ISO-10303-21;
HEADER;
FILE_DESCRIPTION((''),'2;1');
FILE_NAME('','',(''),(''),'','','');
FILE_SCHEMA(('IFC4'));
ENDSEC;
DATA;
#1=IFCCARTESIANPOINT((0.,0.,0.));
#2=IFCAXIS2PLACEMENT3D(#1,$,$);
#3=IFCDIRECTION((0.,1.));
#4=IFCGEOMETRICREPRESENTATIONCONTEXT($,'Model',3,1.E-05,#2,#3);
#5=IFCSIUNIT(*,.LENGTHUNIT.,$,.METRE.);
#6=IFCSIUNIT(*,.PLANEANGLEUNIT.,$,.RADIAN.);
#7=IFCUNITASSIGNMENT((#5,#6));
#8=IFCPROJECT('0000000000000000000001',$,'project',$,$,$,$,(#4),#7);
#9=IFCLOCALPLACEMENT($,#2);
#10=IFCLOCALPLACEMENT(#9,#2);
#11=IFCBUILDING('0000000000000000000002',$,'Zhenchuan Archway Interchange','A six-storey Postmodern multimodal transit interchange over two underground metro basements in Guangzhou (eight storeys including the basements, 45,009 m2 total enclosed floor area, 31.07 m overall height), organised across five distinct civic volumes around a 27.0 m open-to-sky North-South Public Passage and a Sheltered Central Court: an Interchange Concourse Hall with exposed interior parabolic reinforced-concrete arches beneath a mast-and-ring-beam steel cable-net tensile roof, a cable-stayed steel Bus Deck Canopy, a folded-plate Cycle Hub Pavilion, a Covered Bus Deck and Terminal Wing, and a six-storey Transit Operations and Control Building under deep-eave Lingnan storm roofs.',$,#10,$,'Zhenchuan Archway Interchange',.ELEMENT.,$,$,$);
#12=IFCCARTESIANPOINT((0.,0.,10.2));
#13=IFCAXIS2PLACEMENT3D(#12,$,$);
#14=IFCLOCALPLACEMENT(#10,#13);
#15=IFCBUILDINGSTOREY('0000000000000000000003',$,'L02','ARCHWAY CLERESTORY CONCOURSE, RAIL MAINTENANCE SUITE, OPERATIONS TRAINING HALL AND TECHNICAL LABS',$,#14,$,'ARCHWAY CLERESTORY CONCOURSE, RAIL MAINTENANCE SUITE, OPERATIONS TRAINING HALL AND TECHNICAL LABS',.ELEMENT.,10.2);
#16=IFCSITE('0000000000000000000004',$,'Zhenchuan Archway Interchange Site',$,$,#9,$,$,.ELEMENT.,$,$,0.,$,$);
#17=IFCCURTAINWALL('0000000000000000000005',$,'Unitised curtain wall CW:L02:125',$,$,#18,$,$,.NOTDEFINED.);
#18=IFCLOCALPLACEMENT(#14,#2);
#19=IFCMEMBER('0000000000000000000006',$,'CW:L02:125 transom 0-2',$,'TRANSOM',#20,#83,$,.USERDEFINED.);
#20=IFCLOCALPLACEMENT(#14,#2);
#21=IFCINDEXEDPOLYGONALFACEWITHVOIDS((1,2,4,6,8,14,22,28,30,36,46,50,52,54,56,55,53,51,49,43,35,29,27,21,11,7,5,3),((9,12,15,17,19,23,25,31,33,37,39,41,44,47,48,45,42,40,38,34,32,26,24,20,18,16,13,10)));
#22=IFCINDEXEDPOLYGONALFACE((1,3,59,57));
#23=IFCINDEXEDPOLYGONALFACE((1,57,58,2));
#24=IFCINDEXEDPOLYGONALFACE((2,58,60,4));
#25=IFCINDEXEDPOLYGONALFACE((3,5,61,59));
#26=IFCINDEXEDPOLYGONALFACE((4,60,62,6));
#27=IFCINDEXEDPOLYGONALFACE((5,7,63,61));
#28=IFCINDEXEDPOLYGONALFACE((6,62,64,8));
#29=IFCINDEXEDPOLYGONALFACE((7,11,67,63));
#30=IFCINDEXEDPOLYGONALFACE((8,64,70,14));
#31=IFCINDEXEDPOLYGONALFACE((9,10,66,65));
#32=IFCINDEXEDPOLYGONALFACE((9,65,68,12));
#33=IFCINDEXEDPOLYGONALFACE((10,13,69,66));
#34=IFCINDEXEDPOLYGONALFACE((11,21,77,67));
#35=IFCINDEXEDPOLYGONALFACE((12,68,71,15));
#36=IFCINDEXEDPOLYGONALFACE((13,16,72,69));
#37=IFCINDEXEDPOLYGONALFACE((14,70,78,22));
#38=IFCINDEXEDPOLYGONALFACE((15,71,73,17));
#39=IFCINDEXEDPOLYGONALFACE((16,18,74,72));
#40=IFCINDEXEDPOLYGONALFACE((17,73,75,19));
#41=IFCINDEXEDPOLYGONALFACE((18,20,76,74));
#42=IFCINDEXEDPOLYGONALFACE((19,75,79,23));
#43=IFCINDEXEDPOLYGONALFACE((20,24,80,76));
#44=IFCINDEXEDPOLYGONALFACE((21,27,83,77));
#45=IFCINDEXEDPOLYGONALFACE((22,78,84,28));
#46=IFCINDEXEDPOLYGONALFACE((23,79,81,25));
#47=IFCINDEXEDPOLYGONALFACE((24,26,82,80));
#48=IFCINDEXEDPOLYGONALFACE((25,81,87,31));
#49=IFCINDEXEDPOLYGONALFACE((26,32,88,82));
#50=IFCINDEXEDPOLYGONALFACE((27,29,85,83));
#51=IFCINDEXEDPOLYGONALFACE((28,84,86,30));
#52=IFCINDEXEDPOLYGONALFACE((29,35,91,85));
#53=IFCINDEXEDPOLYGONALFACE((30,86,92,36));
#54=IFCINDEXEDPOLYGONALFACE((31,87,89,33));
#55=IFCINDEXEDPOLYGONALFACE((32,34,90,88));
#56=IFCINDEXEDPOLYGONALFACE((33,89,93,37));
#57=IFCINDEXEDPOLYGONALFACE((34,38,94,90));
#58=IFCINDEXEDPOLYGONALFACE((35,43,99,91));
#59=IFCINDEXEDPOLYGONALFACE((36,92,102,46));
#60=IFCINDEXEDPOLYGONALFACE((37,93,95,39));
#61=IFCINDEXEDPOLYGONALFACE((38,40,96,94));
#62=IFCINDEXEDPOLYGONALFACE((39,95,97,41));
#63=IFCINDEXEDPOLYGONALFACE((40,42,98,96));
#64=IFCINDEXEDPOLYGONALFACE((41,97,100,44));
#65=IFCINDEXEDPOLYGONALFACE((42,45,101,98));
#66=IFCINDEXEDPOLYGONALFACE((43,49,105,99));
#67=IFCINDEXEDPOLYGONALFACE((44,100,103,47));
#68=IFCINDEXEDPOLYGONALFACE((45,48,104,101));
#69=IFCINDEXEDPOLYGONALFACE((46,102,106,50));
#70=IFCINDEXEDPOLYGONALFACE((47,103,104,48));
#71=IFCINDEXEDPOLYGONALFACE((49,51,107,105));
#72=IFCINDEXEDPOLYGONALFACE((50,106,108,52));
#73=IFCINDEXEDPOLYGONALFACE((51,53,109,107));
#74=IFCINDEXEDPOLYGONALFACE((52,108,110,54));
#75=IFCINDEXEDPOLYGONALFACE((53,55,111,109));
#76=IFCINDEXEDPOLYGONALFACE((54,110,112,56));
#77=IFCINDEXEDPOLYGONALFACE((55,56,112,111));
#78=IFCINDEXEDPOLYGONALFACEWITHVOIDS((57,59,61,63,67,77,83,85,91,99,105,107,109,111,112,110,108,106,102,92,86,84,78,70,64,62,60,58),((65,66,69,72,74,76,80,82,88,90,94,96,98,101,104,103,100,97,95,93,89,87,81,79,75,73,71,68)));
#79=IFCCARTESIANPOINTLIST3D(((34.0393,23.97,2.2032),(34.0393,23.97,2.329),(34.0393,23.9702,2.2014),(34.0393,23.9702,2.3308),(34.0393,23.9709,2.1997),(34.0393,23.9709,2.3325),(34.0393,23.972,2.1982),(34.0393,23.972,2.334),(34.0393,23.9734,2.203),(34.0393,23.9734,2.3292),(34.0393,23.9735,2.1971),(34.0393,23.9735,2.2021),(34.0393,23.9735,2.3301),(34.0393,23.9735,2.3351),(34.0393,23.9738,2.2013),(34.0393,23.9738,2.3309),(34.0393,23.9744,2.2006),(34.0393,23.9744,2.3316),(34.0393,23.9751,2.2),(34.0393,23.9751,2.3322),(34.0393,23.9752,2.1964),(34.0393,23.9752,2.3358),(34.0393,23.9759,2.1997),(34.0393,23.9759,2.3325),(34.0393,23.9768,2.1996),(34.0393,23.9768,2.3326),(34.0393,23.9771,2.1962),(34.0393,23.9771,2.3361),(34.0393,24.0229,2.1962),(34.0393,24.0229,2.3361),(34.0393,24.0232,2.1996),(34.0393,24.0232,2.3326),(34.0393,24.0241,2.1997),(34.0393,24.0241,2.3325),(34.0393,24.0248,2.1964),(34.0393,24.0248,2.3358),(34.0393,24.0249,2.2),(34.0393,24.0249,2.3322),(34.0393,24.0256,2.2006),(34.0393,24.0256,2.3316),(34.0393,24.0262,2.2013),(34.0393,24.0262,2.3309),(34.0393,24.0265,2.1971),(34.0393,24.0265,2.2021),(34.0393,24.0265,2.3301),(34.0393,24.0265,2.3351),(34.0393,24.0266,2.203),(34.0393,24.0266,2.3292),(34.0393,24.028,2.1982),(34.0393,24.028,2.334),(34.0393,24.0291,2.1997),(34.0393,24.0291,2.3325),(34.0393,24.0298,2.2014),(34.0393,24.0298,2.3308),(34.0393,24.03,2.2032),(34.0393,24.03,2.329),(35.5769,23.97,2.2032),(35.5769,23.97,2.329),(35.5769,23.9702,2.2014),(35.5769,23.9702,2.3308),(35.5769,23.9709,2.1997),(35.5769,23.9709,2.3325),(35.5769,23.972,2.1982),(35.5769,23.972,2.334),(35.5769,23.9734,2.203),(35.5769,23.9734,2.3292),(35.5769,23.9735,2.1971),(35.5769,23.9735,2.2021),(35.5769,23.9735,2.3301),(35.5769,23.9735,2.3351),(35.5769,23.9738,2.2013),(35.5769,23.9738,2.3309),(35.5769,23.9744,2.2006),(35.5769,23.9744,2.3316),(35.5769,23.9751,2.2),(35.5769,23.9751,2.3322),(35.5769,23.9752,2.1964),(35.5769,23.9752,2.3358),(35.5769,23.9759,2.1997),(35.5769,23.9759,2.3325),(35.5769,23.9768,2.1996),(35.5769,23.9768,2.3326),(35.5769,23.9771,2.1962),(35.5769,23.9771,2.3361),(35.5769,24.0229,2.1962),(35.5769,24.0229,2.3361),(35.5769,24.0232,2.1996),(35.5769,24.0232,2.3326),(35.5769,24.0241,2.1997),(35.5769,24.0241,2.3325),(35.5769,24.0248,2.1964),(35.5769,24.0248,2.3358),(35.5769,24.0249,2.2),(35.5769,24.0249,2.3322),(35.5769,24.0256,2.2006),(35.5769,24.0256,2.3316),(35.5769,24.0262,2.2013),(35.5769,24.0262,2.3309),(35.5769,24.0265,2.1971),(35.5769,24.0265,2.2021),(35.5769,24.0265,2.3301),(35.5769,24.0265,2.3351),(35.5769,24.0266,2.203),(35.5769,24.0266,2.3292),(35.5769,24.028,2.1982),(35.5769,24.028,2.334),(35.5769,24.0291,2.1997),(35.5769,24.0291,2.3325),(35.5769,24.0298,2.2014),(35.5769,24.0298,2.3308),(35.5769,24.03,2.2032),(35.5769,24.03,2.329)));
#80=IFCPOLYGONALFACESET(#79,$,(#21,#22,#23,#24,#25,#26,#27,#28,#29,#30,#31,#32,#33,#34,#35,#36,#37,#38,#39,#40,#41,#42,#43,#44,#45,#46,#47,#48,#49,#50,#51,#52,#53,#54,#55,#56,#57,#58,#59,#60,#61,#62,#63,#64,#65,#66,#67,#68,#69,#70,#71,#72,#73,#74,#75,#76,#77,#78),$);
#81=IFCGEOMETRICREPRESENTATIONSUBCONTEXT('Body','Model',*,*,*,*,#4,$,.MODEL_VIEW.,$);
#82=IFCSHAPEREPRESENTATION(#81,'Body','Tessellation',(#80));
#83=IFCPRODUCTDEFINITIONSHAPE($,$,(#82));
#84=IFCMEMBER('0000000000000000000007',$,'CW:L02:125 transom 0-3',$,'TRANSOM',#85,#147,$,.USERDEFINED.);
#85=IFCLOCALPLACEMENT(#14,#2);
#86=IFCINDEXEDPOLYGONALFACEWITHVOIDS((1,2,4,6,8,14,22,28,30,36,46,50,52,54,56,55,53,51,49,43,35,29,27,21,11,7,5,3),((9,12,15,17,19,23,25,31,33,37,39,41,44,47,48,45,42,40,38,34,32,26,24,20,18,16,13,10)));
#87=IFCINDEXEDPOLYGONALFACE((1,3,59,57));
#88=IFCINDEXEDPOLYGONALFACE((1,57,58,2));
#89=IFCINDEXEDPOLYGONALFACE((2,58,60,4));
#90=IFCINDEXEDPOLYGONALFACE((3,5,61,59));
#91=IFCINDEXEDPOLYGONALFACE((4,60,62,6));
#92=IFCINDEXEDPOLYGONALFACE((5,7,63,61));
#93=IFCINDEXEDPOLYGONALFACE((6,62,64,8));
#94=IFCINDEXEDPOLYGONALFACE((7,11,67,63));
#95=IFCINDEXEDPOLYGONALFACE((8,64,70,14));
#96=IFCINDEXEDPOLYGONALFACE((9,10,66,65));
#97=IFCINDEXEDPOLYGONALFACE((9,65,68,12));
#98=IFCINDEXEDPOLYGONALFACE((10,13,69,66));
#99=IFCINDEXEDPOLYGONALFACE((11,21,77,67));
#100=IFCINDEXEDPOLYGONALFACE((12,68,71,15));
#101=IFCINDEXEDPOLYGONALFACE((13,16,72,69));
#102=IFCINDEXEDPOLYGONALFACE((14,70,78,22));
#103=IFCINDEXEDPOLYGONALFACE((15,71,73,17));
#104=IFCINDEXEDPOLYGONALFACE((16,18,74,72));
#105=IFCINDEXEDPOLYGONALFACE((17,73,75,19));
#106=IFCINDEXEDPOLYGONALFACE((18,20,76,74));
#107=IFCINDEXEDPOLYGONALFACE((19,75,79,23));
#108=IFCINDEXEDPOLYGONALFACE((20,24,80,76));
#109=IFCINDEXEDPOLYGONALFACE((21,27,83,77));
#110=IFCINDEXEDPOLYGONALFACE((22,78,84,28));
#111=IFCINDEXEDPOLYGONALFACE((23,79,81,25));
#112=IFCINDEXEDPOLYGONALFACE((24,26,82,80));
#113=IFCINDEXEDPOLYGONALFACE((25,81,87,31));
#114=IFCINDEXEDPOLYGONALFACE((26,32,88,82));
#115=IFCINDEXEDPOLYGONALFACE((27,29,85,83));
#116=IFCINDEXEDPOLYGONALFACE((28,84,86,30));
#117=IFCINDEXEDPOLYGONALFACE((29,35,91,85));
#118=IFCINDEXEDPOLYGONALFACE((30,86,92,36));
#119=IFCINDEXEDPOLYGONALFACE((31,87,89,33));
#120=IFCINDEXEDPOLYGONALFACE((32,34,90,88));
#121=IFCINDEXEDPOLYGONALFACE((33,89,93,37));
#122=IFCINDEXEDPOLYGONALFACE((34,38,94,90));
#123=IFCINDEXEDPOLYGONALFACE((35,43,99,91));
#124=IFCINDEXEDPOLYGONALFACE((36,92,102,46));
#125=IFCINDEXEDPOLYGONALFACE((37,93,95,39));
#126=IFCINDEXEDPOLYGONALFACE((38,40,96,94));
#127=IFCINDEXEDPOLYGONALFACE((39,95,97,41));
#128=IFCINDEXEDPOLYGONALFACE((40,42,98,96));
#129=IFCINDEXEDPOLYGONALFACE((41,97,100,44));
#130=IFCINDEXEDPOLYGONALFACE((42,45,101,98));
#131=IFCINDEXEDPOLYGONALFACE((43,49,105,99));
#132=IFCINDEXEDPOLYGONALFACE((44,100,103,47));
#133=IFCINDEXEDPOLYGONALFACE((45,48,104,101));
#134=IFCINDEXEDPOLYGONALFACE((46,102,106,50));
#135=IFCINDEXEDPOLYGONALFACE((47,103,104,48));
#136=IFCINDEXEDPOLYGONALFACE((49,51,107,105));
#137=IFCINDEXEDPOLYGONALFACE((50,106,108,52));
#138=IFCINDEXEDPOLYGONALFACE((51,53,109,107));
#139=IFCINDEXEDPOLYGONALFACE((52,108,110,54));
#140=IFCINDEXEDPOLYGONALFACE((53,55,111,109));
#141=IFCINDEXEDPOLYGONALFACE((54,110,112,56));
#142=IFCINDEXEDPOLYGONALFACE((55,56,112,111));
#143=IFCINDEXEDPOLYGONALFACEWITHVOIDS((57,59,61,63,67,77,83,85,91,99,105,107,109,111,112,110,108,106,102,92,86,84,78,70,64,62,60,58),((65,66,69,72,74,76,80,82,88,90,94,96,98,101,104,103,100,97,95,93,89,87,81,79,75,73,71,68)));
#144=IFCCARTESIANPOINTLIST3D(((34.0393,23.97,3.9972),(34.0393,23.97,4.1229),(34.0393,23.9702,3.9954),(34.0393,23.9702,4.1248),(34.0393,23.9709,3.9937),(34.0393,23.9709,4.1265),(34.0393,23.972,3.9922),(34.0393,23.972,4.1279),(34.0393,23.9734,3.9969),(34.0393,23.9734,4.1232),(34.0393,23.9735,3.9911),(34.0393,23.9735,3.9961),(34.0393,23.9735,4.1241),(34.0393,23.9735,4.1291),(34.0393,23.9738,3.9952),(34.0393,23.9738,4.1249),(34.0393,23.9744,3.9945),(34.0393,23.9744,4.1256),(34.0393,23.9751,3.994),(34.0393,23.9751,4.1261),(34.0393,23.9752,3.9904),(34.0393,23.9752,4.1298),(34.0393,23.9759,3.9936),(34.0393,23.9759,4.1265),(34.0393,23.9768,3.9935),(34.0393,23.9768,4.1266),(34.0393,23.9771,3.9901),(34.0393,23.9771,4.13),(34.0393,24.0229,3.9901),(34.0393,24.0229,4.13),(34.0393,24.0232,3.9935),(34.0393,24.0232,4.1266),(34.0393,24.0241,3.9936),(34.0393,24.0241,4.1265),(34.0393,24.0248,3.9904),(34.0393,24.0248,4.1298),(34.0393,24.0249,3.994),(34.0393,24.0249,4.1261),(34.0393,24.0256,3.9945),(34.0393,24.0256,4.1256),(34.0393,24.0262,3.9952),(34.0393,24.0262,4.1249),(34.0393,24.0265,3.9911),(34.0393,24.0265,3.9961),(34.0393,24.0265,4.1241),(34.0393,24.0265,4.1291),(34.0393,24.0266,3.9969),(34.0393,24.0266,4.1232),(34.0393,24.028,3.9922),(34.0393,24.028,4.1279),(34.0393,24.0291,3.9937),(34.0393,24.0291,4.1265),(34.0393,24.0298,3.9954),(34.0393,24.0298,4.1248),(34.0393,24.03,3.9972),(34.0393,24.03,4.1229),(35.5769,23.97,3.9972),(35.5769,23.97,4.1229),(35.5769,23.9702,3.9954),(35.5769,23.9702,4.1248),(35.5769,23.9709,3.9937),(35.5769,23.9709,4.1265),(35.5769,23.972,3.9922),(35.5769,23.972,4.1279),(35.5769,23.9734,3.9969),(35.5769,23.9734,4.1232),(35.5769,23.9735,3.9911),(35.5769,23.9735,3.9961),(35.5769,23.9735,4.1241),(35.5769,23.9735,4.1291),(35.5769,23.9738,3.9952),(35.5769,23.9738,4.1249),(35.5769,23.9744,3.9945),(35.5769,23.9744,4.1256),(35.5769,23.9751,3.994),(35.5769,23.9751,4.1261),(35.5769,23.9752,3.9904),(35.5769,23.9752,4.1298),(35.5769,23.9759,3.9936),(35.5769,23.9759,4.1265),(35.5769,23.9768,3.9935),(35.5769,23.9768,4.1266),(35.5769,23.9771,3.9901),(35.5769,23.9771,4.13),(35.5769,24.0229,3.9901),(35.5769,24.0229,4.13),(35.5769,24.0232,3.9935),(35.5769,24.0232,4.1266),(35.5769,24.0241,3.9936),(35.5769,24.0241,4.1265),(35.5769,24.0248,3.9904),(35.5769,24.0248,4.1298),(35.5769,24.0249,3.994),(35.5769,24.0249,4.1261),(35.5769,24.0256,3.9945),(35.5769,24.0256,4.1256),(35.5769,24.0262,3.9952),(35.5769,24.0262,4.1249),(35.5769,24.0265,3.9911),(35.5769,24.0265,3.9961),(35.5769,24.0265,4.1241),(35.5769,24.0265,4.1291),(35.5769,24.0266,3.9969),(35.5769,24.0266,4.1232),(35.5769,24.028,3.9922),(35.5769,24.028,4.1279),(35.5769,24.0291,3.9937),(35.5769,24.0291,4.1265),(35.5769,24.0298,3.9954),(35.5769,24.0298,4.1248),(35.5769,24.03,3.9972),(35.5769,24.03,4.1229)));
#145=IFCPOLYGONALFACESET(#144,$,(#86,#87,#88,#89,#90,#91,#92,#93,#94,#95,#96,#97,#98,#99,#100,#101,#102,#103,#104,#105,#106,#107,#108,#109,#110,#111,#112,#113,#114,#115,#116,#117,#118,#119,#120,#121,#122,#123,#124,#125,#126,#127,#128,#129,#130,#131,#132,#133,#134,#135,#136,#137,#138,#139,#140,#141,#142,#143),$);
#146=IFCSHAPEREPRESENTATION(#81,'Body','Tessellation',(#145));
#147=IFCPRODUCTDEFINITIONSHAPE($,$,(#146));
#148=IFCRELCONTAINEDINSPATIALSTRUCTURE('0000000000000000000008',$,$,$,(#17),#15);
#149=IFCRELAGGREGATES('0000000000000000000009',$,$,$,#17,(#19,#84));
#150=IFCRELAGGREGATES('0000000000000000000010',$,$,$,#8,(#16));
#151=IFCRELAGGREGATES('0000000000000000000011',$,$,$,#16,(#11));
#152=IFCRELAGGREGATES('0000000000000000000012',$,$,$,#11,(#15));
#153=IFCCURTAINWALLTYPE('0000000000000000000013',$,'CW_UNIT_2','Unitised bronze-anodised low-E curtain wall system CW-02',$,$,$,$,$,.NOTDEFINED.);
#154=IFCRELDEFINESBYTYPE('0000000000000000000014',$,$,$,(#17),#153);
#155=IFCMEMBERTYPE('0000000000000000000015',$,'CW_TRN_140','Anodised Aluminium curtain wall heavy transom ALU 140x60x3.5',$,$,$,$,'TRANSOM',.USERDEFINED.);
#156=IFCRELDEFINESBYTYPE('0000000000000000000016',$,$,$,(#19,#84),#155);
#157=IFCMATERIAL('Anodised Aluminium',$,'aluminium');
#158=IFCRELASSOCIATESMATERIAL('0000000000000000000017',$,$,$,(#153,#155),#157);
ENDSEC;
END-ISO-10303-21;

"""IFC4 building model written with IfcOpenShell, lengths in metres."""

from ifc_helpers import new_model, si_unit, direction, frame, origin, origin_2d, place, context, subcontext, project, spatial, hollow_rectangle, extrude, material, material_profile, profile_set, type_object, element, aggregate, save


model = new_model("IFC4")

# Units and contexts
model_context = context("Model", 3, precision=1e-05, world=origin(), true_north=direction((0.0, 1.0)))
body_context = subcontext(model_context, "Body", "Model", "MODEL_VIEW")
ifc_project = project(units=[si_unit("LENGTHUNIT", "METRE"), si_unit("PLANEANGLEUNIT", "RADIAN")], contexts=[model_context])

# Site, building, storey
site_placement = place(None, origin())
site = spatial("IfcSite", under=ifc_project, at=site_placement, Name="Zhenchuan Archway Interchange Site", CompositionType="ELEMENT", RefElevation=0.0)
building_placement = place(site_placement, origin())
building = spatial("IfcBuilding", under=site, at=building_placement, Name="Zhenchuan Archway Interchange", Description="A six-storey Postmodern multimodal transit interchange over two underground metro basements in Guangzhou (eight storeys including the basements, 45,009 m2 total enclosed floor area, 31.07 m overall height), organised across five distinct civic volumes around a 27.0 m open-to-sky North-South Public Passage and a Sheltered Central Court: an Interchange Concourse Hall with exposed interior parabolic reinforced-concrete arches beneath a mast-and-ring-beam steel cable-net tensile roof, a cable-stayed steel Bus Deck Canopy, a folded-plate Cycle Hub Pavilion, a Covered Bus Deck and Terminal Wing, and a six-storey Transit Operations and Control Building under deep-eave Lingnan storm roofs.", LongName="Zhenchuan Archway Interchange", CompositionType="ELEMENT")
storey_placement = place(building_placement, frame((0.0, 0.0, 10.2)))
storey = spatial("IfcBuildingStorey", under=building, at=storey_placement, Name="L02", Description="ARCHWAY CLERESTORY CONCOURSE, RAIL MAINTENANCE SUITE, OPERATIONS TRAINING HALL AND TECHNICAL LABS", LongName="ARCHWAY CLERESTORY CONCOURSE, RAIL MAINTENANCE SUITE, OPERATIONS TRAINING HALL AND TECHNICAL LABS", CompositionType="ELEMENT", Elevation=10.2)

# Curtain wall
ifc_material_1 = material(Name="Anodised Aluminium", Category="aluminium")
curtain_wall_type_1 = type_object("IfcCurtainWallType", Name="CW_UNIT_2", Description="Unitised bronze-anodised low-E curtain wall system CW-02", PredefinedType="NOTDEFINED", material=ifc_material_1)
curtain_wall_1_placement = place(storey_placement, origin())
curtain_wall_1 = element("IfcCurtainWall", 1, at=curtain_wall_1_placement, inside=storey, type_object=curtain_wall_type_1, Name="Unitised curtain wall CW:L02:125", PredefinedType="NOTDEFINED")

# Members
ifc_material_profile_1 = material_profile(ifc_material_1, hollow_rectangle(XDim=0.0601, YDim=0.1399, WallThickness=0.0034, InnerFilletRadius=0.0034, OuterFilletRadius=0.0071, at=origin_2d()), Name="ALU 140x60x3.5")
ifc_profile_set_1 = profile_set([ifc_material_profile_1], Name="Anodised Aluminium")
member_type_1 = type_object("IfcMemberType", Name="CW_TRN_140", Description="Anodised Aluminium curtain wall heavy transom ALU 140x60x3.5", ElementType="TRANSOM", PredefinedType="USERDEFINED", material=ifc_profile_set_1)
member_1_placement = place(storey_placement, frame((35.5769, 24.0, 2.2661), z_axis=(-1.0, 0.0, 0.0), x_axis=(0.0, -1.0, 0.0)))
member_1 = element("IfcMember", 2, at=member_1_placement, type_object=member_type_1, Name="CW:L02:125 transom 0-2", ObjectType="TRANSOM", PredefinedType="USERDEFINED", context=body_context, shape_type="SweptSolid", body=[
    extrude(hollow_rectangle(XDim=0.0601, YDim=0.1399, WallThickness=0.0034, InnerFilletRadius=0.0034, OuterFilletRadius=0.0071, at=origin_2d()), origin(), (0.0, 0.0, 1.0), 1.5376),
])
member_2_placement = place(storey_placement, frame((35.5769, 24.0, 4.0601), z_axis=(-1.0, 0.0, 0.0), x_axis=(0.0, -1.0, 0.0)))
member_2 = element("IfcMember", 3, at=member_2_placement, type_object=member_type_1, Name="CW:L02:125 transom 0-3", ObjectType="TRANSOM", PredefinedType="USERDEFINED", context=body_context, shape_type="SweptSolid", body=[
    extrude(hollow_rectangle(XDim=0.0601, YDim=0.1399, WallThickness=0.0034, InnerFilletRadius=0.0034, OuterFilletRadius=0.0071, at=origin_2d()), origin(), (0.0, 0.0, 1.0), 1.5376),
])

aggregate(curtain_wall_1, [member_1, member_2])

save(model, "model.ifc")
